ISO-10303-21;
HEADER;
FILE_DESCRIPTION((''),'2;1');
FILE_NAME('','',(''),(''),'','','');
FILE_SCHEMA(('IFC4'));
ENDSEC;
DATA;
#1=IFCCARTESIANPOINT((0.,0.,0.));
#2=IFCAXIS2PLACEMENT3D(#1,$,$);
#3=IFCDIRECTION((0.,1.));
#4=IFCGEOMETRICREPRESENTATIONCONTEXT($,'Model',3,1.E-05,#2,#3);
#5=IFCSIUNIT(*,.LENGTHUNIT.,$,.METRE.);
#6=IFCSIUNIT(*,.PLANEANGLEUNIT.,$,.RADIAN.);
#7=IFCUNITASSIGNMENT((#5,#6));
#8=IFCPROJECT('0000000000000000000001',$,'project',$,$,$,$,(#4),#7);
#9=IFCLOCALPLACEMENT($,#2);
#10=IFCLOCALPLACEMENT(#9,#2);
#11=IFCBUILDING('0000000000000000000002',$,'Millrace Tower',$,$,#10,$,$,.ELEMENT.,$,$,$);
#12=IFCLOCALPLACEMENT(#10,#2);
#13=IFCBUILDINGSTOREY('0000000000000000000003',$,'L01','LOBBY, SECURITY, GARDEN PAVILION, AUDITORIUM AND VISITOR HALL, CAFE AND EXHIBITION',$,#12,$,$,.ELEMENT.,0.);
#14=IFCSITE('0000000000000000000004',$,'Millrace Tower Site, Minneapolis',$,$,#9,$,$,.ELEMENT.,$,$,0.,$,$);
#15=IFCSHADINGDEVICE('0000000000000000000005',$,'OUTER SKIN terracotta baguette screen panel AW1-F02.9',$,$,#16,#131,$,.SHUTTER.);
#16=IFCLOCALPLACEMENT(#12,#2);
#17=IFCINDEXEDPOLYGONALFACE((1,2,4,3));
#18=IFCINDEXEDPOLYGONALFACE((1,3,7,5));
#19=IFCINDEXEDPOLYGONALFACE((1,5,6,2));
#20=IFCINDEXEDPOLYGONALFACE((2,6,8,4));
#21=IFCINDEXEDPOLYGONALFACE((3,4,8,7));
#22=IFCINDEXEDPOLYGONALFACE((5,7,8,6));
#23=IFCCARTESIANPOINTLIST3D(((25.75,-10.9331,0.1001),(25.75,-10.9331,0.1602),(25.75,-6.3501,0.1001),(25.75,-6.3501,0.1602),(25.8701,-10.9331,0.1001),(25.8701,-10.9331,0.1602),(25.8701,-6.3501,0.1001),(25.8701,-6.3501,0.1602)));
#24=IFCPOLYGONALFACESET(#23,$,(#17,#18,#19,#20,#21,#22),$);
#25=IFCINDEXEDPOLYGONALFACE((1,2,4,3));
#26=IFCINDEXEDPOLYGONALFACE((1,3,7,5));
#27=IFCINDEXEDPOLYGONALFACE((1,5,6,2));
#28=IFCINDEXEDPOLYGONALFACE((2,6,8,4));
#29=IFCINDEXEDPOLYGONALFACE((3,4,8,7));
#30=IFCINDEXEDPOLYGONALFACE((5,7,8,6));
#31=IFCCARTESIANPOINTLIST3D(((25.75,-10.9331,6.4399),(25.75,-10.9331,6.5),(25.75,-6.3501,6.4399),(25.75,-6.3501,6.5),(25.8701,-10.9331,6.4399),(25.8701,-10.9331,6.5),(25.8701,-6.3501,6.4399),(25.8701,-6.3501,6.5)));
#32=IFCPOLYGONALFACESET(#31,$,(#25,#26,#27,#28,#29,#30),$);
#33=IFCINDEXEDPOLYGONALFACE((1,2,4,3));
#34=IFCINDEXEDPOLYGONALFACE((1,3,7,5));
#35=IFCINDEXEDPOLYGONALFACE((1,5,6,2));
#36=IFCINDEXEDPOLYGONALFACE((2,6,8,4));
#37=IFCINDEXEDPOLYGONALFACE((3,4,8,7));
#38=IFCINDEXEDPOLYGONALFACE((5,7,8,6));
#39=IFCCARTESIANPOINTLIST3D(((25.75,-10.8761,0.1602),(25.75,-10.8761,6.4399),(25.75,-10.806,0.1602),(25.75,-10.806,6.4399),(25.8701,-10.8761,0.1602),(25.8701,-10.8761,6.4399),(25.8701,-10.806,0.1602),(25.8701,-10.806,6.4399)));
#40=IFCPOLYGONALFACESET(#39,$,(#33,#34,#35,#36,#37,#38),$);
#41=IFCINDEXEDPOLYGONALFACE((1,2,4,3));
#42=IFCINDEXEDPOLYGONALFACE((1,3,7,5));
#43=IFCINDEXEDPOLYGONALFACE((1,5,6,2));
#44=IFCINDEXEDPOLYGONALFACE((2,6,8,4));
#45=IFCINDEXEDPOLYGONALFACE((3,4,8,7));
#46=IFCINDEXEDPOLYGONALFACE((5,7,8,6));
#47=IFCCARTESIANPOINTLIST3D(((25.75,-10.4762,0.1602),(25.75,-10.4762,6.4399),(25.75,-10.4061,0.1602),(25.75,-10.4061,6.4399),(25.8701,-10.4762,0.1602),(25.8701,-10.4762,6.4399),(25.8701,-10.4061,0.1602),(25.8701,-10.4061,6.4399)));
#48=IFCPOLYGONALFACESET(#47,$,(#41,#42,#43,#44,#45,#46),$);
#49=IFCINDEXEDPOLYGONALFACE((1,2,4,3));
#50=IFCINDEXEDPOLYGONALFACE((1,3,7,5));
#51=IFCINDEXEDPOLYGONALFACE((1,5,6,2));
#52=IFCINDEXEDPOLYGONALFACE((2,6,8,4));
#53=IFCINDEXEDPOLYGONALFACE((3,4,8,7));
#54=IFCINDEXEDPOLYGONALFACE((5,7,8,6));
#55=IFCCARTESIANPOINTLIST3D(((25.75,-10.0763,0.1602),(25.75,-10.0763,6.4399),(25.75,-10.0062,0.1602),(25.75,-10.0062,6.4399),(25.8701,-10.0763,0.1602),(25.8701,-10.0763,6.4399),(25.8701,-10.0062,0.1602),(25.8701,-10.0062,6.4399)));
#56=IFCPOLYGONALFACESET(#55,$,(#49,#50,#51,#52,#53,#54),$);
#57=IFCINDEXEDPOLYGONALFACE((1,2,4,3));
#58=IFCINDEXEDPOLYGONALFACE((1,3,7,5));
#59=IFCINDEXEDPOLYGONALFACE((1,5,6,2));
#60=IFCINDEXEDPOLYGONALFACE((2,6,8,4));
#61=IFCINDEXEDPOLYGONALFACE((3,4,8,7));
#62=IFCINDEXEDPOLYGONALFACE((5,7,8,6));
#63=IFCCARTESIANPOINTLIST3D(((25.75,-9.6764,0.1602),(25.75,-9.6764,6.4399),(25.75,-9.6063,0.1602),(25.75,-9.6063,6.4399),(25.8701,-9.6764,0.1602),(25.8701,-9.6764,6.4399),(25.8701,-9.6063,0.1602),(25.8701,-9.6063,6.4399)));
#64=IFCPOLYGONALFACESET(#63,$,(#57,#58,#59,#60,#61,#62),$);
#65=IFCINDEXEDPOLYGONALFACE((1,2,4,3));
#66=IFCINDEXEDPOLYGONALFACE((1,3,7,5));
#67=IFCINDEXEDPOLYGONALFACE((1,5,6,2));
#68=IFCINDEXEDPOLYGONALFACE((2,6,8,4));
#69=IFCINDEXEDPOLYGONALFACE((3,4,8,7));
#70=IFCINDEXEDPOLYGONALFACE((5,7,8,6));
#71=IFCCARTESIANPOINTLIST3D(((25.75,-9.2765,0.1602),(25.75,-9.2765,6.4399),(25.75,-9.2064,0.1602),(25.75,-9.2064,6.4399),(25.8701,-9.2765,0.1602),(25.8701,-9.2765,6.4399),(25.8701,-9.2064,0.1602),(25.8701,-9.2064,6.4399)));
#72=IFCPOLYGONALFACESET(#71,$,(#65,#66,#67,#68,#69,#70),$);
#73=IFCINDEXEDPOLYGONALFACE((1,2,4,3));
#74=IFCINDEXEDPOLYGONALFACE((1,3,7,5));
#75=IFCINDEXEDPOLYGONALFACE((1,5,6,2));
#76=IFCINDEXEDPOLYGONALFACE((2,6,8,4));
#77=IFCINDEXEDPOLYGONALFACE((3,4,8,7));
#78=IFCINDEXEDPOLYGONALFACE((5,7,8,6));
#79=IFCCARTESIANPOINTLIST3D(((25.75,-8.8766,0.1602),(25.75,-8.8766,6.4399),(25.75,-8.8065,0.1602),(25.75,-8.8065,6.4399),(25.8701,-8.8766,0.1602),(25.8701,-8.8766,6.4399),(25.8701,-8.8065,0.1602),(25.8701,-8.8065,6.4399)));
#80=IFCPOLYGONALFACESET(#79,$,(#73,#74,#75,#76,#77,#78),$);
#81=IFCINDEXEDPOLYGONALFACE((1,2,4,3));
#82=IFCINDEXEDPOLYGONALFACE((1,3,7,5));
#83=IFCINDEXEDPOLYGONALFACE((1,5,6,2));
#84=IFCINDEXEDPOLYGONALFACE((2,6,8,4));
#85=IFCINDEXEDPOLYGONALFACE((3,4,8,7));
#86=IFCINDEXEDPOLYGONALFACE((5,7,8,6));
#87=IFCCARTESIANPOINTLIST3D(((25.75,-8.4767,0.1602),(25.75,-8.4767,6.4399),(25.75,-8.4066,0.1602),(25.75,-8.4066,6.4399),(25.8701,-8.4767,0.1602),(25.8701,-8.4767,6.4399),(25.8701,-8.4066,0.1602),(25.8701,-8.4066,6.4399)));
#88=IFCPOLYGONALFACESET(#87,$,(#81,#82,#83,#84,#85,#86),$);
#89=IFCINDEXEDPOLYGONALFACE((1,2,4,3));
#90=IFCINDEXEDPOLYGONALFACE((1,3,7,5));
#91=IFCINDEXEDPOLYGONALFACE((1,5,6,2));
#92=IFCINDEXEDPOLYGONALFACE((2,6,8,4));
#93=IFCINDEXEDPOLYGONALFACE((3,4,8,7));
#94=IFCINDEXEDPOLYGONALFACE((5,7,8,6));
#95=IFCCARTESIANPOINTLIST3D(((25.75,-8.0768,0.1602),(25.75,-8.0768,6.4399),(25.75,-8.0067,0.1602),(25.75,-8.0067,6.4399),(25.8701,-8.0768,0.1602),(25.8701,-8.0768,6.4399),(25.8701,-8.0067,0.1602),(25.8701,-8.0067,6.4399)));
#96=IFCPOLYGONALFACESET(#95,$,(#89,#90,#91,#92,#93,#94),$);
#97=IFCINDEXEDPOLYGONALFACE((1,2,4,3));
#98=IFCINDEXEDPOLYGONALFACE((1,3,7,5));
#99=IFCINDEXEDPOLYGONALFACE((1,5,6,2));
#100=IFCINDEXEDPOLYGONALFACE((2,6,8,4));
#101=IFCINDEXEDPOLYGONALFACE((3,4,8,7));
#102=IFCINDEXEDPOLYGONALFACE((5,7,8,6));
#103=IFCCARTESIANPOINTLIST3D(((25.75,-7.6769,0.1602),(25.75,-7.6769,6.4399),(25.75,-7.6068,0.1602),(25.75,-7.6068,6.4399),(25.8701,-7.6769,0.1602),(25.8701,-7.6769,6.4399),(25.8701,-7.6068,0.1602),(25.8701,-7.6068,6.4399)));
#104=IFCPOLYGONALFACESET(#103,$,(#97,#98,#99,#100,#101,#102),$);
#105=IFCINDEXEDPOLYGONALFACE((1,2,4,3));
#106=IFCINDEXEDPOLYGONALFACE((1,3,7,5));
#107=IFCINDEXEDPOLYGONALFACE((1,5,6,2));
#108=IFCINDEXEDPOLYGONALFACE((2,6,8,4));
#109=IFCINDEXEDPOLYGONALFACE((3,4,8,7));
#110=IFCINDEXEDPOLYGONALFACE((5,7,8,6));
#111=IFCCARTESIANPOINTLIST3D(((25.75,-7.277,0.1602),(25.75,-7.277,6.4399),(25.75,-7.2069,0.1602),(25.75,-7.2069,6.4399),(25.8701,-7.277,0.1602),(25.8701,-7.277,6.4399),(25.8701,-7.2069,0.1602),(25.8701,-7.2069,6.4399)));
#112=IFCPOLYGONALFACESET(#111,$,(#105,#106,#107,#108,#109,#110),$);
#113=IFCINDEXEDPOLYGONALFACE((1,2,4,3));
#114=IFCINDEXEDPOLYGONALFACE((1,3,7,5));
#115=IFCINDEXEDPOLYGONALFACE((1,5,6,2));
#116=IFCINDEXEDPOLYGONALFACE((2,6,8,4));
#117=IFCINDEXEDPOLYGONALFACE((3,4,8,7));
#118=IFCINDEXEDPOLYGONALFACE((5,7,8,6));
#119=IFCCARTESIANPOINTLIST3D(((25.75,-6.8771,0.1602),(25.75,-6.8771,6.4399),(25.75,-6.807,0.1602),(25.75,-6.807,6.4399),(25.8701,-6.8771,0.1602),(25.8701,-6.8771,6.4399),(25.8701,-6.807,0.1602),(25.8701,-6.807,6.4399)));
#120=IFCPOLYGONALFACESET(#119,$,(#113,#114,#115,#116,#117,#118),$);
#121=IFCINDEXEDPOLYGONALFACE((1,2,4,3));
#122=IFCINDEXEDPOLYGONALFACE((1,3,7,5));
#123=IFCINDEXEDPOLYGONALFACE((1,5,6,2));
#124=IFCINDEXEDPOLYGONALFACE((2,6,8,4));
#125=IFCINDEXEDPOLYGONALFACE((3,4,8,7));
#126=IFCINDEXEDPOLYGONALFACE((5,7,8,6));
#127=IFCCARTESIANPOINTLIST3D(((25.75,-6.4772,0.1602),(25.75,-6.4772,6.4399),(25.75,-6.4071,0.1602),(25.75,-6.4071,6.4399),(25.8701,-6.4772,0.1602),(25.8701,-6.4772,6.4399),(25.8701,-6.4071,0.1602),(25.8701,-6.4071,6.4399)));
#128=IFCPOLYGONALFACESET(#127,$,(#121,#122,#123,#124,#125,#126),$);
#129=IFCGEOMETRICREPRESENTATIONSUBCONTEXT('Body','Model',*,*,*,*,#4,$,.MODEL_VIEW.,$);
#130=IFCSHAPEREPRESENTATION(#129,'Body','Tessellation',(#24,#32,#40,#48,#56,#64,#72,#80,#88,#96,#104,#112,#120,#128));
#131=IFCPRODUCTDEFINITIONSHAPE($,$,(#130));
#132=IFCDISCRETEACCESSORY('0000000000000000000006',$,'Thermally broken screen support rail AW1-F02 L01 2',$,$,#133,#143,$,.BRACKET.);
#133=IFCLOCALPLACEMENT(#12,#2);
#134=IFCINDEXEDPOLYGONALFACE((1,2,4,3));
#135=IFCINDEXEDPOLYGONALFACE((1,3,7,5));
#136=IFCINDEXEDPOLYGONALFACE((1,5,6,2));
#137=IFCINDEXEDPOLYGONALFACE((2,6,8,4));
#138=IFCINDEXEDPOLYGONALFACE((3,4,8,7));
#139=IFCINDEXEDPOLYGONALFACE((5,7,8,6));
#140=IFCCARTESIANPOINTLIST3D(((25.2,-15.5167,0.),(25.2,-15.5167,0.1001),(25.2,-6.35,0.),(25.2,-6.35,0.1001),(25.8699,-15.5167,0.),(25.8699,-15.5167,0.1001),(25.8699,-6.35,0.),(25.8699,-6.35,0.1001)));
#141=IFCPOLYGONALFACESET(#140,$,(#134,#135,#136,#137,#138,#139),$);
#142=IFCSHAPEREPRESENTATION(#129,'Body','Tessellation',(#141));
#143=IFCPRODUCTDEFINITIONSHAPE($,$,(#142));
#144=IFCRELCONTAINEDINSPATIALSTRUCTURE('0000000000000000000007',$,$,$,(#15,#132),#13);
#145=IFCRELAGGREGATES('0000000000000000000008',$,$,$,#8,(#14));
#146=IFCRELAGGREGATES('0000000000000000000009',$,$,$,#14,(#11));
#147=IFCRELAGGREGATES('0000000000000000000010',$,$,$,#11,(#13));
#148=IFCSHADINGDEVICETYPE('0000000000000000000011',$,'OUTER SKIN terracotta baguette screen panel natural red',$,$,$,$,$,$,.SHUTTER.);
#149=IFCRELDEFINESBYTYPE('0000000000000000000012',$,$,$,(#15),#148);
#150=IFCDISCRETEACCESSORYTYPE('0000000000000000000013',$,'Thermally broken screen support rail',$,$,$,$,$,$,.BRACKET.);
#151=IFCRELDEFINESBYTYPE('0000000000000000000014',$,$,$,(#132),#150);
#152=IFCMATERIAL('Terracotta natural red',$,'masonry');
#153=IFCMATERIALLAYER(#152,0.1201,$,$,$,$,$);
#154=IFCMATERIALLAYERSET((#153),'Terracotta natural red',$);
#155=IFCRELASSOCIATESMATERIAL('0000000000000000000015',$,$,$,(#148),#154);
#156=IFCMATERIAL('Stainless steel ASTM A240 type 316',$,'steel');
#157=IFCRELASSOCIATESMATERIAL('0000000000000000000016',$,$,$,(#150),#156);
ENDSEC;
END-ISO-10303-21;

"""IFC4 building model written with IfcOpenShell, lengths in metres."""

from ifc_helpers import new_model, entity, si_unit, direction, frame, frame_2d, origin, origin_2d, place, context, subcontext, project, spatial, rectangle, extrude, source, transform, mapped, material, layer, layer_set, type_object, element, save


model = new_model("IFC4")

# Units and contexts
model_context = context("Model", 3, precision=1e-05, world=origin(), true_north=direction((0.0, 1.0)))
body_context = subcontext(model_context, "Body", "Model", "MODEL_VIEW")
ifc_project = project(units=[si_unit("LENGTHUNIT", "METRE"), si_unit("PLANEANGLEUNIT", "RADIAN")], contexts=[model_context])

# Site, building, storey
site_placement = place(None, origin())
site = spatial("IfcSite", under=ifc_project, at=site_placement, Name="Millrace Tower Site, Minneapolis", CompositionType="ELEMENT", RefElevation=0.0)
building_placement = place(site_placement, origin())
building = spatial("IfcBuilding", under=site, at=building_placement, Name="Millrace Tower", CompositionType="ELEMENT")
storey_placement = place(building_placement, origin())
storey = spatial("IfcBuildingStorey", under=building, at=storey_placement, Name="L01", Description="LOBBY, SECURITY, GARDEN PAVILION, AUDITORIUM AND VISITOR HALL, CAFE AND EXHIBITION", CompositionType="ELEMENT", Elevation=0.0)

# Shading device
ifc_material_1 = material(Name="Terracotta natural red", Category="masonry")
ifc_layer_1 = layer(ifc_material_1, 0.1201)
ifc_layer_set_1 = layer_set([ifc_layer_1], Name="Terracotta natural red")
shading_device_type = type_object("IfcShadingDeviceType", Name="OUTER SKIN terracotta baguette screen panel natural red", PredefinedType="SHUTTER", material=ifc_layer_set_1)
cartesian_point = entity("IfcCartesianPoint", [-2.2915, 0.0601])
shared_polyline = entity("IfcPolyline", [cartesian_point, entity("IfcCartesianPoint", [2.2915, 0.0601]), entity("IfcCartesianPoint", [2.2915, -0.0601]), entity("IfcCartesianPoint", [-2.2915, -0.0601]), cartesian_point])
shared_shape = source(origin(), body_context, "Body", "SweptSolid", [
    entity("IfcExtrudedAreaSolid", entity("IfcArbitraryClosedProfileDef", "AREA", None, shared_polyline), entity("IfcAxis2Placement3D", entity("IfcCartesianPoint", [0.0, 0.0, 0.0])), entity("IfcDirection", [0.0, 0.0, 1.0]), 0.0601),
    entity("IfcExtrudedAreaSolid", entity("IfcArbitraryClosedProfileDef", "AREA", None, shared_polyline), entity("IfcAxis2Placement3D", entity("IfcCartesianPoint", [0.0, 0.0, 6.3398])), entity("IfcDirection", [0.0, 0.0, 1.0]), 0.0601),
    extrude(rectangle(XDim=0.0701, YDim=0.1201, at=frame_2d((-2.1995, 0.0))), frame((0.0, 0.0, 0.0601)), (0.0, 0.0, 1.0), 6.2798),
    extrude(rectangle(XDim=0.0701, YDim=0.1201, at=frame_2d((-1.7996, 0.0))), frame((0.0, 0.0, 0.0601)), (0.0, 0.0, 1.0), 6.2798),
    extrude(rectangle(XDim=0.0701, YDim=0.1201, at=frame_2d((-1.3997, 0.0))), frame((0.0, 0.0, 0.0601)), (0.0, 0.0, 1.0), 6.2798),
    extrude(rectangle(XDim=0.0701, YDim=0.1201, at=frame_2d((-0.9998, 0.0))), frame((0.0, 0.0, 0.0601)), (0.0, 0.0, 1.0), 6.2798),
    extrude(rectangle(XDim=0.0701, YDim=0.1201, at=frame_2d((-0.5999, 0.0))), frame((0.0, 0.0, 0.0601)), (0.0, 0.0, 1.0), 6.2798),
    extrude(rectangle(XDim=0.0701, YDim=0.1201, at=frame_2d((-0.2, 0.0))), frame((0.0, 0.0, 0.0601)), (0.0, 0.0, 1.0), 6.2798),
    extrude(rectangle(XDim=0.0701, YDim=0.1201, at=frame_2d((0.2, 0.0))), frame((0.0, 0.0, 0.0601)), (0.0, 0.0, 1.0), 6.2798),
    extrude(rectangle(XDim=0.0701, YDim=0.1201, at=frame_2d((0.5999, 0.0))), frame((0.0, 0.0, 0.0601)), (0.0, 0.0, 1.0), 6.2798),
    extrude(rectangle(XDim=0.0701, YDim=0.1201, at=frame_2d((0.9998, 0.0))), frame((0.0, 0.0, 0.0601)), (0.0, 0.0, 1.0), 6.2798),
    extrude(rectangle(XDim=0.0701, YDim=0.1201, at=frame_2d((1.3997, 0.0))), frame((0.0, 0.0, 0.0601)), (0.0, 0.0, 1.0), 6.2798),
    extrude(rectangle(XDim=0.0701, YDim=0.1201, at=frame_2d((1.7996, 0.0))), frame((0.0, 0.0, 0.0601)), (0.0, 0.0, 1.0), 6.2798),
    extrude(rectangle(XDim=0.0701, YDim=0.1201, at=frame_2d((2.1995, 0.0))), frame((0.0, 0.0, 0.0601)), (0.0, 0.0, 1.0), 6.2798),
])
shading_device_placement = place(storey_placement, frame((25.8101, -8.6416, 0.1001), z_axis=(0.0, 0.0, 1.0), x_axis=(0.0, 1.0, 0.0)))
element("IfcShadingDevice", 1, at=shading_device_placement, inside=storey, type_object=shading_device_type, Name="OUTER SKIN terracotta baguette screen panel AW1-F02.9", PredefinedType="SHUTTER", context=body_context, shape_type="MappedRepresentation", body=[
    mapped(shared_shape, transform((0.0, 0.0, 0.0), scale=1.0)),
])

# Discrete accessory
ifc_material_2 = material(Name="Stainless steel ASTM A240 type 316", Category="steel")
discrete_accessory_type = type_object("IfcDiscreteAccessoryType", Name="Thermally broken screen support rail", PredefinedType="BRACKET", material=ifc_material_2)
discrete_accessory_placement = place(storey_placement, frame((25.5349, -10.9333, 0.0), z_axis=(0.0, 0.0, 1.0), x_axis=(0.0, 1.0, 0.0)))
element("IfcDiscreteAccessory", 2, at=discrete_accessory_placement, inside=storey, type_object=discrete_accessory_type, Name="Thermally broken screen support rail AW1-F02 L01 2", PredefinedType="BRACKET", context=body_context, shape_type="SweptSolid", body=[
    extrude(rectangle(XDim=9.1667, YDim=0.6699, at=origin_2d()), origin(), (0.0, 0.0, 1.0), 0.1001),
])

save(model, "model.ifc")
